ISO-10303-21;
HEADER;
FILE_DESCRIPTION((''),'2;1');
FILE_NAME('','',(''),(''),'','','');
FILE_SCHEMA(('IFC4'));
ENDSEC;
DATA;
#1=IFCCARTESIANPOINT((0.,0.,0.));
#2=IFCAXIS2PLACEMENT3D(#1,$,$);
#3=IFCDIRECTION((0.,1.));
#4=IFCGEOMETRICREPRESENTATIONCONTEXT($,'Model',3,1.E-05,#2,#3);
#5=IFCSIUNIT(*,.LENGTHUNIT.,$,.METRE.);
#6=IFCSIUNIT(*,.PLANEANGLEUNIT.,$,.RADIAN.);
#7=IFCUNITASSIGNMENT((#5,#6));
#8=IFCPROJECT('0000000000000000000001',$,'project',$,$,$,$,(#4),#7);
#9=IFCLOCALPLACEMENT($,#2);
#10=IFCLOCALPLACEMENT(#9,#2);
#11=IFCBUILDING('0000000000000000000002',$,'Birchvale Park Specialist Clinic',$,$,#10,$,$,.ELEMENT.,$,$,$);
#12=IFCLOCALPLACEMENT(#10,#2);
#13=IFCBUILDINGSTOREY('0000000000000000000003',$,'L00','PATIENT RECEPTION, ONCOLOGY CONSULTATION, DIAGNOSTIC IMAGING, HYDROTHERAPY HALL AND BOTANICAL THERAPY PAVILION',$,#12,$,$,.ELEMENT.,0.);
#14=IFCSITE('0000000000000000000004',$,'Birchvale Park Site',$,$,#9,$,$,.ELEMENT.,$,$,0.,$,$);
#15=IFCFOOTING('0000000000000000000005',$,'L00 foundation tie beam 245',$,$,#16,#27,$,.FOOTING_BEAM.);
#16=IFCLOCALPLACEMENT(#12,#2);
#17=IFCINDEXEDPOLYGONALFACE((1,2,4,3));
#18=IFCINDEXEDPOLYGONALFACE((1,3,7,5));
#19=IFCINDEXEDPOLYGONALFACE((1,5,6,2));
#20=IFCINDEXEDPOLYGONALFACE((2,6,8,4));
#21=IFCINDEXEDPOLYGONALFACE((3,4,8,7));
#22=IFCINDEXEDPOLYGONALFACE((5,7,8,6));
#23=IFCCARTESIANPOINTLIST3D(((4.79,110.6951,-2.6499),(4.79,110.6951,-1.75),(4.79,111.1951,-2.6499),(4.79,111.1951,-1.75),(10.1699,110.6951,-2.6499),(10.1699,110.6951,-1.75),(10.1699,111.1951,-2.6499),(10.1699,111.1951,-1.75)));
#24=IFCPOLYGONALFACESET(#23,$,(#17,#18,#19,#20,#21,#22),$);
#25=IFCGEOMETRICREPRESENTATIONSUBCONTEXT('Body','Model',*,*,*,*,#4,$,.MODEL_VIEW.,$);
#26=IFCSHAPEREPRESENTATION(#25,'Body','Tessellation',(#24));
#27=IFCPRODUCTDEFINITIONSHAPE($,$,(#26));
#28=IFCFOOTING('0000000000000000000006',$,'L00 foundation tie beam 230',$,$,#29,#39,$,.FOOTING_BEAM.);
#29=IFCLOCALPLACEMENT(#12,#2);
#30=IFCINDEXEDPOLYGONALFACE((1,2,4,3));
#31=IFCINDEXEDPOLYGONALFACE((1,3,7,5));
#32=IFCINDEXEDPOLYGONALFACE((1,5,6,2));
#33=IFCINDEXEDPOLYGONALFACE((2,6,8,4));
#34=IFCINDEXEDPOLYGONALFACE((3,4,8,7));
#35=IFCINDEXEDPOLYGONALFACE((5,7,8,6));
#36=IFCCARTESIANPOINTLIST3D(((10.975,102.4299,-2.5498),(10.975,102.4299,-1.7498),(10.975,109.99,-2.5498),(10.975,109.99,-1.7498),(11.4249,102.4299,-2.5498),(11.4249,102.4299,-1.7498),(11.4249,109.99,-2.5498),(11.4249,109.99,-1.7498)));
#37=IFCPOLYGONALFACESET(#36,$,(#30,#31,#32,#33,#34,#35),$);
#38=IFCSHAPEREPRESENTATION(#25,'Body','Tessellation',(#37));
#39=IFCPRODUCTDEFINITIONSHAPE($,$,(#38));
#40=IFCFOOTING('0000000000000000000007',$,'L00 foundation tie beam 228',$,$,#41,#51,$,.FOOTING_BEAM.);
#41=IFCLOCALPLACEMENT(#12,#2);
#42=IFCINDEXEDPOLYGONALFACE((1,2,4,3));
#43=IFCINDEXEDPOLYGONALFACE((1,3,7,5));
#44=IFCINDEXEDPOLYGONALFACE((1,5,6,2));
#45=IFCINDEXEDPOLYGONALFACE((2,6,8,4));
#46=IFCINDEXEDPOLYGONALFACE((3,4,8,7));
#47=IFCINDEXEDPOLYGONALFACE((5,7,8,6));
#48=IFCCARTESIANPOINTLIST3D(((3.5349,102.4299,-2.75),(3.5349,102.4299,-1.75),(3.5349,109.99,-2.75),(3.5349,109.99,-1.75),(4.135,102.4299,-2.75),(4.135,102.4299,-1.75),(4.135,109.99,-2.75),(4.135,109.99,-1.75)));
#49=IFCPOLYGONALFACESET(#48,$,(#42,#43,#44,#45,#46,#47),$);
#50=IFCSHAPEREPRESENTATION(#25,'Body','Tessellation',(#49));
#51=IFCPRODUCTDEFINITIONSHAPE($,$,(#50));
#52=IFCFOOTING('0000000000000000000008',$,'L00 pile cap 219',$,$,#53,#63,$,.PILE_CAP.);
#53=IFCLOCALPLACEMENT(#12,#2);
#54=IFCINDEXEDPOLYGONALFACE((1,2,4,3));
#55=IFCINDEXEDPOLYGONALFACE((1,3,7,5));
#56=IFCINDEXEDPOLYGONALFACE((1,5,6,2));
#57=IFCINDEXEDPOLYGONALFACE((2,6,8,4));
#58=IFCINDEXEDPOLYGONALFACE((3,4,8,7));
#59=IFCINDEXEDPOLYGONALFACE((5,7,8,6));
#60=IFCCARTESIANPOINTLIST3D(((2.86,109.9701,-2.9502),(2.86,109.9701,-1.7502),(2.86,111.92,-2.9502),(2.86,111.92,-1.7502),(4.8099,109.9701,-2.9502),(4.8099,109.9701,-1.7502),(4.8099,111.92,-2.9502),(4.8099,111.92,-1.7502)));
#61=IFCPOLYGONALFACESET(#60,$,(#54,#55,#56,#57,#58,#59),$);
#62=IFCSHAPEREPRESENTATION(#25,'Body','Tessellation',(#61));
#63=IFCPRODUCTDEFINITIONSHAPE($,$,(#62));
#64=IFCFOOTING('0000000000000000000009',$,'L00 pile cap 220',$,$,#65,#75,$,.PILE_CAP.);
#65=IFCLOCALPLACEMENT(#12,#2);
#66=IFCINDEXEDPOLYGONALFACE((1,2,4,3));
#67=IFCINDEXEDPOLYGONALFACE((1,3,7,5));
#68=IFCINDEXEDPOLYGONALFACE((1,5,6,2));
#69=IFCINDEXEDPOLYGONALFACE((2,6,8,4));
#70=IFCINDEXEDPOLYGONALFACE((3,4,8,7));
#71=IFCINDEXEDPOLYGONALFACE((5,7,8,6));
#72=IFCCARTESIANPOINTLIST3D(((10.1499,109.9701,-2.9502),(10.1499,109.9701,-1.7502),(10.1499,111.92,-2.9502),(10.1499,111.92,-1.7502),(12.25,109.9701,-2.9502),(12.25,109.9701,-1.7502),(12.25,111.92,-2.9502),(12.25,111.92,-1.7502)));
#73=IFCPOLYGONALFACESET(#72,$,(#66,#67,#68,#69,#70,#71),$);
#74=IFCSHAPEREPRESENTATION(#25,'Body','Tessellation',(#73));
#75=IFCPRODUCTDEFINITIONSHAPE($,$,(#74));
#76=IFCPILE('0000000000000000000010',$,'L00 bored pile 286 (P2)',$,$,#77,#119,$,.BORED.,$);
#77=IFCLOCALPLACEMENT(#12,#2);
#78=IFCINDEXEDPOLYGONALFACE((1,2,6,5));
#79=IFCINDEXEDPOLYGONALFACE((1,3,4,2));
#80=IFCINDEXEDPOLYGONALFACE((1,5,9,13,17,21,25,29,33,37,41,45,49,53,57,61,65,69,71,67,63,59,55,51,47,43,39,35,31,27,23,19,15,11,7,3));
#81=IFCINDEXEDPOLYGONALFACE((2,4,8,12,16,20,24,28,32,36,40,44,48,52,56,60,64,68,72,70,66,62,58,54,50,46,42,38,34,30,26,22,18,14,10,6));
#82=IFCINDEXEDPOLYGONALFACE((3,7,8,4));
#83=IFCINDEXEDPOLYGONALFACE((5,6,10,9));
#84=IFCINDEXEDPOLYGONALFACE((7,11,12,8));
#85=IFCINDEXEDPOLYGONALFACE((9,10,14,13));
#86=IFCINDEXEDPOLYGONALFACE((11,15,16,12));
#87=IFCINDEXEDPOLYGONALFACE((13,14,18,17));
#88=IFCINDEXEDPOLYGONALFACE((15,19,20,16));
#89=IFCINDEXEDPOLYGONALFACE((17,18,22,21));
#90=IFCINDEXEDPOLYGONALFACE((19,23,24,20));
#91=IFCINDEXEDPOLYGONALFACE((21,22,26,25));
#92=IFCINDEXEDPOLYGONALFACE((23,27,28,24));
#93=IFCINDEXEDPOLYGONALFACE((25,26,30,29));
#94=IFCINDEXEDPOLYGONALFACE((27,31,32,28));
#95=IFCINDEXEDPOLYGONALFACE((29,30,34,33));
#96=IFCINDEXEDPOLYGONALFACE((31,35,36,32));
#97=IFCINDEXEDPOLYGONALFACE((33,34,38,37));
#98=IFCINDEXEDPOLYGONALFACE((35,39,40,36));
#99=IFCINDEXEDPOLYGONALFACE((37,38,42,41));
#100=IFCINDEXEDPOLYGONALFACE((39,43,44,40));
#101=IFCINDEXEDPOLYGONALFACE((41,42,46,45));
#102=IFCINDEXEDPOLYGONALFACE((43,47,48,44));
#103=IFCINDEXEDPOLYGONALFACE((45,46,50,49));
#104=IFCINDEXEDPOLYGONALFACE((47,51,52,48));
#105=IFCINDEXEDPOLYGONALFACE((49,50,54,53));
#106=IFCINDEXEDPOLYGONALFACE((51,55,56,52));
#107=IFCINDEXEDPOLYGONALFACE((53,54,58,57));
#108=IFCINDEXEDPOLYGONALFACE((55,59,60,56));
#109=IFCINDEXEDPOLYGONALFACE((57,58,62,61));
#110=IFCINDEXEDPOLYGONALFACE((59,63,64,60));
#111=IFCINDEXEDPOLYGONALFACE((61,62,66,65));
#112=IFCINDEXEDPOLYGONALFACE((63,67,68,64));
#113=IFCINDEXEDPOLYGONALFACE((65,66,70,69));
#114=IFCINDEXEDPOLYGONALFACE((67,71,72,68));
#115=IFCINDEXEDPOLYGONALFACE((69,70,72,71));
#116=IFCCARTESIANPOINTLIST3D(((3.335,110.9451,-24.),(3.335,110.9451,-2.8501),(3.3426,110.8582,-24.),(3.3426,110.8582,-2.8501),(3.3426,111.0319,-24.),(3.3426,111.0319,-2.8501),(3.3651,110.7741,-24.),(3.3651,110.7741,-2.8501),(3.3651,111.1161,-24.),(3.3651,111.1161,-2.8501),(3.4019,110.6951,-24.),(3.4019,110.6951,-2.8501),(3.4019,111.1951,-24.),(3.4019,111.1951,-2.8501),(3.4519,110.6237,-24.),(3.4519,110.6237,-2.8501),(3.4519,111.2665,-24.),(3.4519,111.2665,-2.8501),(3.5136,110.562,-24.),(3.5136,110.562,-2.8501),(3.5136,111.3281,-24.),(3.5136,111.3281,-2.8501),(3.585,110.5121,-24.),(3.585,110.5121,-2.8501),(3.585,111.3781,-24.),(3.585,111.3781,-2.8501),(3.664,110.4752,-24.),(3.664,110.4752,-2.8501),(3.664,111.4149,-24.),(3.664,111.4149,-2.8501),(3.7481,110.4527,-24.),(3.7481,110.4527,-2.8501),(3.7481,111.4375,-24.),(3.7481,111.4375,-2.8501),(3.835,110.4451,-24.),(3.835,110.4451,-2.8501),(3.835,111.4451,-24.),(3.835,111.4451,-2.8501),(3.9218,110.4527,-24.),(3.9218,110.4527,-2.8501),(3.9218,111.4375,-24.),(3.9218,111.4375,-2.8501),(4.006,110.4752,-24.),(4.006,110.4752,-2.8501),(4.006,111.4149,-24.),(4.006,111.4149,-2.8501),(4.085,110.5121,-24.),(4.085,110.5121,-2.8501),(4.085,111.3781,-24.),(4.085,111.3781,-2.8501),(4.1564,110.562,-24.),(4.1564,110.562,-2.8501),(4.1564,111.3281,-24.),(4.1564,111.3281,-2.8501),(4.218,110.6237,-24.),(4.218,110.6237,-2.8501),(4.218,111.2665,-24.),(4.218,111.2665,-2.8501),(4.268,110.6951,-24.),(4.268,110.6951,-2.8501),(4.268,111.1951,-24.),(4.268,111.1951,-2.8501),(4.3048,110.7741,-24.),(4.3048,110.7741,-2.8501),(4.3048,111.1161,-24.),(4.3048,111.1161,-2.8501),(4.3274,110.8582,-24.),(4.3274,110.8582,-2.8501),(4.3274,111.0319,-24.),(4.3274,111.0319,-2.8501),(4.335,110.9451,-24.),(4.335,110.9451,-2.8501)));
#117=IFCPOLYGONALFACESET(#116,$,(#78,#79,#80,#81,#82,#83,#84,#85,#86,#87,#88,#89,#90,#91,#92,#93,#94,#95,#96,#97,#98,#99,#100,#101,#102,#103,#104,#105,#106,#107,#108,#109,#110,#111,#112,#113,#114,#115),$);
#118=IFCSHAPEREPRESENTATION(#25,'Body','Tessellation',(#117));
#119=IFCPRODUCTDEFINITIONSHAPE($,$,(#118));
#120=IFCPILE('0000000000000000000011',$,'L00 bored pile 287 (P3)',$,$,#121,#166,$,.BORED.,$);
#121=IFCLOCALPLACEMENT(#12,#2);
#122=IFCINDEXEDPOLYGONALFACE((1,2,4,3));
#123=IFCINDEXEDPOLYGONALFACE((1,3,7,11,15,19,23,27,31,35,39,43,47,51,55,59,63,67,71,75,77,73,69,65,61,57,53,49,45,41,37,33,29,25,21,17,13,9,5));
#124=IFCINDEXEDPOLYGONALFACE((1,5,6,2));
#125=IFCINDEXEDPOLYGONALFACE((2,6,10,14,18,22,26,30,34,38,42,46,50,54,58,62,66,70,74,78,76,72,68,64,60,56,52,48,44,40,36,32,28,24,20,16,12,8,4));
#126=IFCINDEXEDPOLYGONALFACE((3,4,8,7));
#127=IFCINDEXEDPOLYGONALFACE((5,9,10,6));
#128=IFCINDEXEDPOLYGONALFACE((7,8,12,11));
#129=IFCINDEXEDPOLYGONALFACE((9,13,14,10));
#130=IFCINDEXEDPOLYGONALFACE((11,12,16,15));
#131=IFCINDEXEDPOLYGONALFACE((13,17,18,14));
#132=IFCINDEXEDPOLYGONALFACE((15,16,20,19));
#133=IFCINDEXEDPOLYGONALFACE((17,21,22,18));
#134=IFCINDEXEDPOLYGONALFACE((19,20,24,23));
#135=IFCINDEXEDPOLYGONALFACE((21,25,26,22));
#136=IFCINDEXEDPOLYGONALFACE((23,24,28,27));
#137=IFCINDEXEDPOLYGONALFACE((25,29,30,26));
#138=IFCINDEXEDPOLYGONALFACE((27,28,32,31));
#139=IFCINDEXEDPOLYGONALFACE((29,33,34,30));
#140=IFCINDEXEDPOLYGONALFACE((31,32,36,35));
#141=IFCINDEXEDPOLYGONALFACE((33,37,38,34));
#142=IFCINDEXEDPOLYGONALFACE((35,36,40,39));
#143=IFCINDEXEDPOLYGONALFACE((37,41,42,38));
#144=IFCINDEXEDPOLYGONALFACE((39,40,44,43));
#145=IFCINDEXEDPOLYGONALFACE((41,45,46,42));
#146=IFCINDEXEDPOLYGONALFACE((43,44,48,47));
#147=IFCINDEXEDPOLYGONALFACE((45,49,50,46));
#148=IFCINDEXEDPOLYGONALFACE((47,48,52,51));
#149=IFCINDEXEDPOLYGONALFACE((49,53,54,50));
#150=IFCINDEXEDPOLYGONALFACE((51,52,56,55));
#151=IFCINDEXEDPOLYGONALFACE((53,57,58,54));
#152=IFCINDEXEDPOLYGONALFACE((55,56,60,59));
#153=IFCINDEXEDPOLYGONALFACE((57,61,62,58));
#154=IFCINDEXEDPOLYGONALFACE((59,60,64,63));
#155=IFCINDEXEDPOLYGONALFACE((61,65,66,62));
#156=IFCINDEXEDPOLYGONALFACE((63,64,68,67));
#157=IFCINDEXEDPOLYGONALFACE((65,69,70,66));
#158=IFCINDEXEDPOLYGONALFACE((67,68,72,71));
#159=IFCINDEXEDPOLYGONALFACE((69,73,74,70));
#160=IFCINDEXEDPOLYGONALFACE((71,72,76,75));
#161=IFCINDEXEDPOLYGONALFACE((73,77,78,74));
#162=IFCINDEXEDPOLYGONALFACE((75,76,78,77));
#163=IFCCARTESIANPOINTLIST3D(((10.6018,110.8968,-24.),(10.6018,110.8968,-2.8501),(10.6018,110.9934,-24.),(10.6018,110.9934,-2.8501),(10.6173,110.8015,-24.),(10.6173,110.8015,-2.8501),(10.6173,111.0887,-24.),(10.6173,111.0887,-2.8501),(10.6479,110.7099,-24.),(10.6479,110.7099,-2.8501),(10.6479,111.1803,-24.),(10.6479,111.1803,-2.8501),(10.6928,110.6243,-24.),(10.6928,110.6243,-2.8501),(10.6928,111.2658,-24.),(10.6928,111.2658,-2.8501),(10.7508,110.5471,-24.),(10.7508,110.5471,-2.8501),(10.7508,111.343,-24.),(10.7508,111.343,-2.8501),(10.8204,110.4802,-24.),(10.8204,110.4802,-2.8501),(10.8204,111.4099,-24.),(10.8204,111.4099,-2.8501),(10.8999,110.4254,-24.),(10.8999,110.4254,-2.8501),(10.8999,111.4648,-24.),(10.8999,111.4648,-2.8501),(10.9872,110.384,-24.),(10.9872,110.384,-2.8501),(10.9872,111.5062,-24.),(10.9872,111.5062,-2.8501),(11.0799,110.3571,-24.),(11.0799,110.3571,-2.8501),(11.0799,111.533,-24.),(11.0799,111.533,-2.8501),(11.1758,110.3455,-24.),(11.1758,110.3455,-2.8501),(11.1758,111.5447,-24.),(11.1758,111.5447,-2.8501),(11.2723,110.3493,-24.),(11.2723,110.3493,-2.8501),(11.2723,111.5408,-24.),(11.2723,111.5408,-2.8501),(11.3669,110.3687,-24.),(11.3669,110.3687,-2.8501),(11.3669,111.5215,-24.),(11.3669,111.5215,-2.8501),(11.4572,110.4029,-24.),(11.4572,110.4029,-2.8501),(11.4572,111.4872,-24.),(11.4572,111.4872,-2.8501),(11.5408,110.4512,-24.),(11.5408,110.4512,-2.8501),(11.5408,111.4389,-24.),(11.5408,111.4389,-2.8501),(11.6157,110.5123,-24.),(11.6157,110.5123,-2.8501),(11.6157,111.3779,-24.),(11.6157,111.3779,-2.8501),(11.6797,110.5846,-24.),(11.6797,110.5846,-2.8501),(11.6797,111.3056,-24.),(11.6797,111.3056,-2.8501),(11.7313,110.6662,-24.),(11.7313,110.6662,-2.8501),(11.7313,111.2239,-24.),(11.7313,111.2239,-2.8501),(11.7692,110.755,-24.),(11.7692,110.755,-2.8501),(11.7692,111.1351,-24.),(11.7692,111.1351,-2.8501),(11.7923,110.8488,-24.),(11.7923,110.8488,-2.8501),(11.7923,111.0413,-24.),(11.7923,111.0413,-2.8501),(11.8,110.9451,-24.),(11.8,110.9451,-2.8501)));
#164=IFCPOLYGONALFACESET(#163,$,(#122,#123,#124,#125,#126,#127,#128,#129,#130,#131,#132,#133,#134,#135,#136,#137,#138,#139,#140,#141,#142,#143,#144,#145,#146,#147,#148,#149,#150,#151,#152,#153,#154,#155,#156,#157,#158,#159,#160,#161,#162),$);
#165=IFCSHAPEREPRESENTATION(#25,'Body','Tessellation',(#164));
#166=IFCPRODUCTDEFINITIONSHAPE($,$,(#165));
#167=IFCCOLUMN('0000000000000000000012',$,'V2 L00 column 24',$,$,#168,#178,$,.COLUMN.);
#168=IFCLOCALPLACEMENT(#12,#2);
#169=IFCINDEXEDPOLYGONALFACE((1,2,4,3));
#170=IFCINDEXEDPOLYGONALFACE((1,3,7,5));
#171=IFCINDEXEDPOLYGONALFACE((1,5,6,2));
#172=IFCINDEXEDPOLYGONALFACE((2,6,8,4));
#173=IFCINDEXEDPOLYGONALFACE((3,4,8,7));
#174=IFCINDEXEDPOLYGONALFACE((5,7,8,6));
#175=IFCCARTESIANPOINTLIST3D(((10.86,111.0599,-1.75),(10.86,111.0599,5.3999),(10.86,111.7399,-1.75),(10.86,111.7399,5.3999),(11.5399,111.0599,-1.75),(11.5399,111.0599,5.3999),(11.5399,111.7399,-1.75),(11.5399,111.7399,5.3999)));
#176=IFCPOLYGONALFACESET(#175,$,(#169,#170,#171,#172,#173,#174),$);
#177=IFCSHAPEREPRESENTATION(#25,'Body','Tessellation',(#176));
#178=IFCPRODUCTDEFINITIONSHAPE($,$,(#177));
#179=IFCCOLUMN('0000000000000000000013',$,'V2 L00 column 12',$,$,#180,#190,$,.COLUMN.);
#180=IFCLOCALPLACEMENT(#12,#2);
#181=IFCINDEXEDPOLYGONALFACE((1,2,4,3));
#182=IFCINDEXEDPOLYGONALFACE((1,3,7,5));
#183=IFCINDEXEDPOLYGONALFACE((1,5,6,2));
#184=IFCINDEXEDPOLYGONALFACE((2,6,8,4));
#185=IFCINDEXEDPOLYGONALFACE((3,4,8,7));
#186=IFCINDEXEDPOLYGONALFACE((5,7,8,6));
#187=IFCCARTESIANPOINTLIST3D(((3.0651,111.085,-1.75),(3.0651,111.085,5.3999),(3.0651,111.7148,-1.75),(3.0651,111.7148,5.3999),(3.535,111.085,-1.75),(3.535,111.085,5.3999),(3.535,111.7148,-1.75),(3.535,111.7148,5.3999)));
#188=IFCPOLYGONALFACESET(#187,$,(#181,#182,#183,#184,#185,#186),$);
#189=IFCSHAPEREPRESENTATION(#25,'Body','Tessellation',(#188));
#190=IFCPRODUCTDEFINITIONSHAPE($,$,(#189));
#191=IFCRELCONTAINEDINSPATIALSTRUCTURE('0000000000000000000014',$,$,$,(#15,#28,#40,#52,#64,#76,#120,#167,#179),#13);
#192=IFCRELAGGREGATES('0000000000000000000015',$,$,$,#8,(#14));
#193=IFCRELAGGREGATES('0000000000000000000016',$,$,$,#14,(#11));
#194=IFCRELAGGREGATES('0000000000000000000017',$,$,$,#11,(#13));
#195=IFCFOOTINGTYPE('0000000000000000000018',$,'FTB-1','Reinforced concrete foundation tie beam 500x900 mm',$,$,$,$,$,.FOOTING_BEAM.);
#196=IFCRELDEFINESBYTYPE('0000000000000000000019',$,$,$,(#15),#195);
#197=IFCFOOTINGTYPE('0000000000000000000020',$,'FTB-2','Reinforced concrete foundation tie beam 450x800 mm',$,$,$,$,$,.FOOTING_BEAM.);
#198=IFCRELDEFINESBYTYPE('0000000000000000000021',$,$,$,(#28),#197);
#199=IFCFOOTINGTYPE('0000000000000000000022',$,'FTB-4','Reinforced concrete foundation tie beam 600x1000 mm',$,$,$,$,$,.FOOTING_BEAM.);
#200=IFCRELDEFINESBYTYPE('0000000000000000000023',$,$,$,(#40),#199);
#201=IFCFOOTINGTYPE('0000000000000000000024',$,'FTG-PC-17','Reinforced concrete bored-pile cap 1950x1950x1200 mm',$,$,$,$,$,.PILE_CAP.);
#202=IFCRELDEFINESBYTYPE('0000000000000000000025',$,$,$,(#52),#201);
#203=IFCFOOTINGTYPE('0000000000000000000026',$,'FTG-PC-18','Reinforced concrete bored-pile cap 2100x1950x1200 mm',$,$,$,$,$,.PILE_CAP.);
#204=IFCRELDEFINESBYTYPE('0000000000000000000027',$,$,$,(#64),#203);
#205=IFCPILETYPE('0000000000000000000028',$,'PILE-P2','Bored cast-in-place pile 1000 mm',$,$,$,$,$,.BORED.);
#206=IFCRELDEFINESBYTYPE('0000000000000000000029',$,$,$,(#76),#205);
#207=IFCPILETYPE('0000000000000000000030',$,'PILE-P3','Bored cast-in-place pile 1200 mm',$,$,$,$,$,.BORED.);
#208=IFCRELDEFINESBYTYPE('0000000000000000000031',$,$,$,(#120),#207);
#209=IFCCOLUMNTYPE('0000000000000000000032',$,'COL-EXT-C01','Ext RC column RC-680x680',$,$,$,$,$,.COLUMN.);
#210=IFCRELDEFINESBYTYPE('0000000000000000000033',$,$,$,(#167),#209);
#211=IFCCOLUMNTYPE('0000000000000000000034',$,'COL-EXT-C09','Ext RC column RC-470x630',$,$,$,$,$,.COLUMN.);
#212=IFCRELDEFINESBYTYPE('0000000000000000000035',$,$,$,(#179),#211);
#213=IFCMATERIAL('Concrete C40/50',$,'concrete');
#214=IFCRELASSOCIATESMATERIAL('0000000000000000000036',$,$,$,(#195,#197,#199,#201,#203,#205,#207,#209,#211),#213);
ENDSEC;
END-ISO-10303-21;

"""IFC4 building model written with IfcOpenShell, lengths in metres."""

from ifc_helpers import new_model, si_unit, direction, frame, origin, origin_2d, place, context, subcontext, project, spatial, rectangle, circle, extrude, material, material_profile, profile_set, type_object, element, save


model = new_model("IFC4")

# Units and contexts
model_context = context("Model", 3, precision=1e-05, world=origin(), true_north=direction((0.0, 1.0)))
body_context = subcontext(model_context, "Body", "Model", "MODEL_VIEW")
ifc_project = project(units=[si_unit("LENGTHUNIT", "METRE"), si_unit("PLANEANGLEUNIT", "RADIAN")], contexts=[model_context])

# Site, building, storey
site_placement = place(None, origin())
site = spatial("IfcSite", under=ifc_project, at=site_placement, Name="Birchvale Park Site", CompositionType="ELEMENT", RefElevation=0.0)
building_placement = place(site_placement, origin())
building = spatial("IfcBuilding", under=site, at=building_placement, Name="Birchvale Park Specialist Clinic", CompositionType="ELEMENT")
storey_placement = place(building_placement, origin())
storey = spatial("IfcBuildingStorey", under=building, at=storey_placement, Name="L00", Description="PATIENT RECEPTION, ONCOLOGY CONSULTATION, DIAGNOSTIC IMAGING, HYDROTHERAPY HALL AND BOTANICAL THERAPY PAVILION", CompositionType="ELEMENT", Elevation=0.0)

# Footings
ifc_material_1 = material(Name="Concrete C40/50", Category="concrete")
footing_type_1 = type_object("IfcFootingType", Name="FTB-1", Description="Reinforced concrete foundation tie beam 500x900 mm", PredefinedType="FOOTING_BEAM", material=ifc_material_1)
footing_1_placement = place(storey_placement, frame((7.48, 110.9451, -2.6499), z_axis=(0.0, 0.0, 1.0), x_axis=(1.0, 0.0, 0.0)))
element("IfcFooting", 1, at=footing_1_placement, inside=storey, type_object=footing_type_1, Name="L00 foundation tie beam 245", PredefinedType="FOOTING_BEAM", context=body_context, shape_type="SweptSolid", body=[
    extrude(rectangle(XDim=5.3799, YDim=0.5, at=origin_2d()), origin(), (0.0, 0.0, 1.0), 0.8999),
])
footing_type_2 = type_object("IfcFootingType", Name="FTB-2", Description="Reinforced concrete foundation tie beam 450x800 mm", PredefinedType="FOOTING_BEAM", material=ifc_material_1)
footing_2_placement = place(storey_placement, frame((11.2, 106.21, -2.5498), z_axis=(0.0, 0.0, 1.0), x_axis=(1.0, 0.0, 0.0)))
element("IfcFooting", 2, at=footing_2_placement, inside=storey, type_object=footing_type_2, Name="L00 foundation tie beam 230", PredefinedType="FOOTING_BEAM", context=body_context, shape_type="SweptSolid", body=[
    extrude(rectangle(XDim=0.45, YDim=7.5601, at=origin_2d()), origin(), (0.0, 0.0, 1.0), 0.8),
])
footing_type_3 = type_object("IfcFootingType", Name="FTB-4", Description="Reinforced concrete foundation tie beam 600x1000 mm", PredefinedType="FOOTING_BEAM", material=ifc_material_1)
footing_3_placement = place(storey_placement, frame((3.835, 106.21, -2.75), z_axis=(0.0, 0.0, 1.0), x_axis=(1.0, 0.0, 0.0)))
element("IfcFooting", 3, at=footing_3_placement, inside=storey, type_object=footing_type_3, Name="L00 foundation tie beam 228", PredefinedType="FOOTING_BEAM", context=body_context, shape_type="SweptSolid", body=[
    extrude(rectangle(XDim=0.6001, YDim=7.5601, at=origin_2d()), origin(), (0.0, 0.0, 1.0), 1.0),
])
footing_type_4 = type_object("IfcFootingType", Name="FTG-PC-17", Description="Reinforced concrete bored-pile cap 1950x1950x1200 mm", PredefinedType="PILE_CAP", material=ifc_material_1)
footing_4_placement = place(storey_placement, frame((3.835, 110.9451, -2.9502), z_axis=(0.0, 0.0, 1.0), x_axis=(1.0, 0.0, 0.0)))
element("IfcFooting", 4, at=footing_4_placement, inside=storey, type_object=footing_type_4, Name="L00 pile cap 219", PredefinedType="PILE_CAP", context=body_context, shape_type="SweptSolid", body=[
    extrude(rectangle(XDim=1.95, YDim=1.95, at=origin_2d()), origin(), (0.0, 0.0, 1.0), 1.2),
])
footing_type_5 = type_object("IfcFootingType", Name="FTG-PC-18", Description="Reinforced concrete bored-pile cap 2100x1950x1200 mm", PredefinedType="PILE_CAP", material=ifc_material_1)
footing_5_placement = place(storey_placement, frame((11.2, 110.9451, -2.9502), z_axis=(0.0, 0.0, 1.0), x_axis=(1.0, 0.0, 0.0)))
element("IfcFooting", 5, at=footing_5_placement, inside=storey, type_object=footing_type_5, Name="L00 pile cap 220", PredefinedType="PILE_CAP", context=body_context, shape_type="SweptSolid", body=[
    extrude(rectangle(XDim=2.1001, YDim=1.95, at=origin_2d()), origin(), (0.0, 0.0, 1.0), 1.2),
])

# Piles
ifc_material_profile_1 = material_profile(ifc_material_1, circle(Radius=0.5, at=origin_2d()), Name="PILE-1000")
ifc_profile_set_1 = profile_set([ifc_material_profile_1], Name="Concrete C40/50")
pile_type_1 = type_object("IfcPileType", Name="PILE-P2", Description="Bored cast-in-place pile 1000 mm", PredefinedType="BORED", material=ifc_profile_set_1)
pile_1_placement = place(storey_placement, frame((3.835, 110.9451, -2.8501), z_axis=(0.0, 0.0, -1.0), x_axis=(1.0, 0.0, 0.0)))
element("IfcPile", 6, at=pile_1_placement, inside=storey, type_object=pile_type_1, Name="L00 bored pile 286 (P2)", PredefinedType="BORED", context=body_context, shape_type="SweptSolid", body=[
    extrude(circle(Radius=0.5, at=origin_2d()), origin(), (0.0, 0.0, 1.0), 21.1499),
])
ifc_material_profile_2 = material_profile(ifc_material_1, circle(Radius=0.6001, at=origin_2d()), Name="PILE-1200")
ifc_profile_set_2 = profile_set([ifc_material_profile_2], Name="Concrete C40/50")
pile_type_2 = type_object("IfcPileType", Name="PILE-P3", Description="Bored cast-in-place pile 1200 mm", PredefinedType="BORED", material=ifc_profile_set_2)
pile_2_placement = place(storey_placement, frame((11.2, 110.9451, -2.8501), z_axis=(0.0, 0.0, -1.0), x_axis=(1.0, 0.0, 0.0)))
element("IfcPile", 7, at=pile_2_placement, inside=storey, type_object=pile_type_2, Name="L00 bored pile 287 (P3)", PredefinedType="BORED", context=body_context, shape_type="SweptSolid", body=[
    extrude(circle(Radius=0.6001, at=origin_2d()), origin(), (0.0, 0.0, 1.0), 21.1499),
])

# Columns
ifc_material_profile_3 = material_profile(ifc_material_1, rectangle(XDim=0.6799, YDim=0.6799, at=origin_2d()), Name="RC-680x680")
ifc_profile_set_3 = profile_set([ifc_material_profile_3], Name="Concrete C40/50")
column_type_1 = type_object("IfcColumnType", Name="COL-EXT-C01", Description="Ext RC column RC-680x680", PredefinedType="COLUMN", material=ifc_profile_set_3)
column_1_placement = place(storey_placement, frame((11.2, 111.3999, -1.75), z_axis=(0.0, 0.0, 1.0), x_axis=(1.0, 0.0, 0.0)))
element("IfcColumn", 8, at=column_1_placement, inside=storey, type_object=column_type_1, Name="V2 L00 column 24", PredefinedType="COLUMN", context=body_context, shape_type="SweptSolid", body=[
    extrude(rectangle(XDim=0.6799, YDim=0.6799, at=origin_2d()), origin(), (0.0, 0.0, 1.0), 7.1499),
])
ifc_material_profile_4 = material_profile(ifc_material_1, rectangle(XDim=0.47, YDim=0.6299, at=origin_2d()), Name="RC-470x630")
ifc_profile_set_4 = profile_set([ifc_material_profile_4], Name="Concrete C40/50")
column_type_2 = type_object("IfcColumnType", Name="COL-EXT-C09", Description="Ext RC column RC-470x630", PredefinedType="COLUMN", material=ifc_profile_set_4)
column_2_placement = place(storey_placement, frame((3.3, 111.3999, -1.75), z_axis=(0.0, 0.0, 1.0), x_axis=(1.0, 0.0, 0.0)))
element("IfcColumn", 9, at=column_2_placement, inside=storey, type_object=column_type_2, Name="V2 L00 column 12", PredefinedType="COLUMN", context=body_context, shape_type="SweptSolid", body=[
    extrude(rectangle(XDim=0.47, YDim=0.6299, at=origin_2d()), origin(), (0.0, 0.0, 1.0), 7.1499),
])

save(model, "model.ifc")
